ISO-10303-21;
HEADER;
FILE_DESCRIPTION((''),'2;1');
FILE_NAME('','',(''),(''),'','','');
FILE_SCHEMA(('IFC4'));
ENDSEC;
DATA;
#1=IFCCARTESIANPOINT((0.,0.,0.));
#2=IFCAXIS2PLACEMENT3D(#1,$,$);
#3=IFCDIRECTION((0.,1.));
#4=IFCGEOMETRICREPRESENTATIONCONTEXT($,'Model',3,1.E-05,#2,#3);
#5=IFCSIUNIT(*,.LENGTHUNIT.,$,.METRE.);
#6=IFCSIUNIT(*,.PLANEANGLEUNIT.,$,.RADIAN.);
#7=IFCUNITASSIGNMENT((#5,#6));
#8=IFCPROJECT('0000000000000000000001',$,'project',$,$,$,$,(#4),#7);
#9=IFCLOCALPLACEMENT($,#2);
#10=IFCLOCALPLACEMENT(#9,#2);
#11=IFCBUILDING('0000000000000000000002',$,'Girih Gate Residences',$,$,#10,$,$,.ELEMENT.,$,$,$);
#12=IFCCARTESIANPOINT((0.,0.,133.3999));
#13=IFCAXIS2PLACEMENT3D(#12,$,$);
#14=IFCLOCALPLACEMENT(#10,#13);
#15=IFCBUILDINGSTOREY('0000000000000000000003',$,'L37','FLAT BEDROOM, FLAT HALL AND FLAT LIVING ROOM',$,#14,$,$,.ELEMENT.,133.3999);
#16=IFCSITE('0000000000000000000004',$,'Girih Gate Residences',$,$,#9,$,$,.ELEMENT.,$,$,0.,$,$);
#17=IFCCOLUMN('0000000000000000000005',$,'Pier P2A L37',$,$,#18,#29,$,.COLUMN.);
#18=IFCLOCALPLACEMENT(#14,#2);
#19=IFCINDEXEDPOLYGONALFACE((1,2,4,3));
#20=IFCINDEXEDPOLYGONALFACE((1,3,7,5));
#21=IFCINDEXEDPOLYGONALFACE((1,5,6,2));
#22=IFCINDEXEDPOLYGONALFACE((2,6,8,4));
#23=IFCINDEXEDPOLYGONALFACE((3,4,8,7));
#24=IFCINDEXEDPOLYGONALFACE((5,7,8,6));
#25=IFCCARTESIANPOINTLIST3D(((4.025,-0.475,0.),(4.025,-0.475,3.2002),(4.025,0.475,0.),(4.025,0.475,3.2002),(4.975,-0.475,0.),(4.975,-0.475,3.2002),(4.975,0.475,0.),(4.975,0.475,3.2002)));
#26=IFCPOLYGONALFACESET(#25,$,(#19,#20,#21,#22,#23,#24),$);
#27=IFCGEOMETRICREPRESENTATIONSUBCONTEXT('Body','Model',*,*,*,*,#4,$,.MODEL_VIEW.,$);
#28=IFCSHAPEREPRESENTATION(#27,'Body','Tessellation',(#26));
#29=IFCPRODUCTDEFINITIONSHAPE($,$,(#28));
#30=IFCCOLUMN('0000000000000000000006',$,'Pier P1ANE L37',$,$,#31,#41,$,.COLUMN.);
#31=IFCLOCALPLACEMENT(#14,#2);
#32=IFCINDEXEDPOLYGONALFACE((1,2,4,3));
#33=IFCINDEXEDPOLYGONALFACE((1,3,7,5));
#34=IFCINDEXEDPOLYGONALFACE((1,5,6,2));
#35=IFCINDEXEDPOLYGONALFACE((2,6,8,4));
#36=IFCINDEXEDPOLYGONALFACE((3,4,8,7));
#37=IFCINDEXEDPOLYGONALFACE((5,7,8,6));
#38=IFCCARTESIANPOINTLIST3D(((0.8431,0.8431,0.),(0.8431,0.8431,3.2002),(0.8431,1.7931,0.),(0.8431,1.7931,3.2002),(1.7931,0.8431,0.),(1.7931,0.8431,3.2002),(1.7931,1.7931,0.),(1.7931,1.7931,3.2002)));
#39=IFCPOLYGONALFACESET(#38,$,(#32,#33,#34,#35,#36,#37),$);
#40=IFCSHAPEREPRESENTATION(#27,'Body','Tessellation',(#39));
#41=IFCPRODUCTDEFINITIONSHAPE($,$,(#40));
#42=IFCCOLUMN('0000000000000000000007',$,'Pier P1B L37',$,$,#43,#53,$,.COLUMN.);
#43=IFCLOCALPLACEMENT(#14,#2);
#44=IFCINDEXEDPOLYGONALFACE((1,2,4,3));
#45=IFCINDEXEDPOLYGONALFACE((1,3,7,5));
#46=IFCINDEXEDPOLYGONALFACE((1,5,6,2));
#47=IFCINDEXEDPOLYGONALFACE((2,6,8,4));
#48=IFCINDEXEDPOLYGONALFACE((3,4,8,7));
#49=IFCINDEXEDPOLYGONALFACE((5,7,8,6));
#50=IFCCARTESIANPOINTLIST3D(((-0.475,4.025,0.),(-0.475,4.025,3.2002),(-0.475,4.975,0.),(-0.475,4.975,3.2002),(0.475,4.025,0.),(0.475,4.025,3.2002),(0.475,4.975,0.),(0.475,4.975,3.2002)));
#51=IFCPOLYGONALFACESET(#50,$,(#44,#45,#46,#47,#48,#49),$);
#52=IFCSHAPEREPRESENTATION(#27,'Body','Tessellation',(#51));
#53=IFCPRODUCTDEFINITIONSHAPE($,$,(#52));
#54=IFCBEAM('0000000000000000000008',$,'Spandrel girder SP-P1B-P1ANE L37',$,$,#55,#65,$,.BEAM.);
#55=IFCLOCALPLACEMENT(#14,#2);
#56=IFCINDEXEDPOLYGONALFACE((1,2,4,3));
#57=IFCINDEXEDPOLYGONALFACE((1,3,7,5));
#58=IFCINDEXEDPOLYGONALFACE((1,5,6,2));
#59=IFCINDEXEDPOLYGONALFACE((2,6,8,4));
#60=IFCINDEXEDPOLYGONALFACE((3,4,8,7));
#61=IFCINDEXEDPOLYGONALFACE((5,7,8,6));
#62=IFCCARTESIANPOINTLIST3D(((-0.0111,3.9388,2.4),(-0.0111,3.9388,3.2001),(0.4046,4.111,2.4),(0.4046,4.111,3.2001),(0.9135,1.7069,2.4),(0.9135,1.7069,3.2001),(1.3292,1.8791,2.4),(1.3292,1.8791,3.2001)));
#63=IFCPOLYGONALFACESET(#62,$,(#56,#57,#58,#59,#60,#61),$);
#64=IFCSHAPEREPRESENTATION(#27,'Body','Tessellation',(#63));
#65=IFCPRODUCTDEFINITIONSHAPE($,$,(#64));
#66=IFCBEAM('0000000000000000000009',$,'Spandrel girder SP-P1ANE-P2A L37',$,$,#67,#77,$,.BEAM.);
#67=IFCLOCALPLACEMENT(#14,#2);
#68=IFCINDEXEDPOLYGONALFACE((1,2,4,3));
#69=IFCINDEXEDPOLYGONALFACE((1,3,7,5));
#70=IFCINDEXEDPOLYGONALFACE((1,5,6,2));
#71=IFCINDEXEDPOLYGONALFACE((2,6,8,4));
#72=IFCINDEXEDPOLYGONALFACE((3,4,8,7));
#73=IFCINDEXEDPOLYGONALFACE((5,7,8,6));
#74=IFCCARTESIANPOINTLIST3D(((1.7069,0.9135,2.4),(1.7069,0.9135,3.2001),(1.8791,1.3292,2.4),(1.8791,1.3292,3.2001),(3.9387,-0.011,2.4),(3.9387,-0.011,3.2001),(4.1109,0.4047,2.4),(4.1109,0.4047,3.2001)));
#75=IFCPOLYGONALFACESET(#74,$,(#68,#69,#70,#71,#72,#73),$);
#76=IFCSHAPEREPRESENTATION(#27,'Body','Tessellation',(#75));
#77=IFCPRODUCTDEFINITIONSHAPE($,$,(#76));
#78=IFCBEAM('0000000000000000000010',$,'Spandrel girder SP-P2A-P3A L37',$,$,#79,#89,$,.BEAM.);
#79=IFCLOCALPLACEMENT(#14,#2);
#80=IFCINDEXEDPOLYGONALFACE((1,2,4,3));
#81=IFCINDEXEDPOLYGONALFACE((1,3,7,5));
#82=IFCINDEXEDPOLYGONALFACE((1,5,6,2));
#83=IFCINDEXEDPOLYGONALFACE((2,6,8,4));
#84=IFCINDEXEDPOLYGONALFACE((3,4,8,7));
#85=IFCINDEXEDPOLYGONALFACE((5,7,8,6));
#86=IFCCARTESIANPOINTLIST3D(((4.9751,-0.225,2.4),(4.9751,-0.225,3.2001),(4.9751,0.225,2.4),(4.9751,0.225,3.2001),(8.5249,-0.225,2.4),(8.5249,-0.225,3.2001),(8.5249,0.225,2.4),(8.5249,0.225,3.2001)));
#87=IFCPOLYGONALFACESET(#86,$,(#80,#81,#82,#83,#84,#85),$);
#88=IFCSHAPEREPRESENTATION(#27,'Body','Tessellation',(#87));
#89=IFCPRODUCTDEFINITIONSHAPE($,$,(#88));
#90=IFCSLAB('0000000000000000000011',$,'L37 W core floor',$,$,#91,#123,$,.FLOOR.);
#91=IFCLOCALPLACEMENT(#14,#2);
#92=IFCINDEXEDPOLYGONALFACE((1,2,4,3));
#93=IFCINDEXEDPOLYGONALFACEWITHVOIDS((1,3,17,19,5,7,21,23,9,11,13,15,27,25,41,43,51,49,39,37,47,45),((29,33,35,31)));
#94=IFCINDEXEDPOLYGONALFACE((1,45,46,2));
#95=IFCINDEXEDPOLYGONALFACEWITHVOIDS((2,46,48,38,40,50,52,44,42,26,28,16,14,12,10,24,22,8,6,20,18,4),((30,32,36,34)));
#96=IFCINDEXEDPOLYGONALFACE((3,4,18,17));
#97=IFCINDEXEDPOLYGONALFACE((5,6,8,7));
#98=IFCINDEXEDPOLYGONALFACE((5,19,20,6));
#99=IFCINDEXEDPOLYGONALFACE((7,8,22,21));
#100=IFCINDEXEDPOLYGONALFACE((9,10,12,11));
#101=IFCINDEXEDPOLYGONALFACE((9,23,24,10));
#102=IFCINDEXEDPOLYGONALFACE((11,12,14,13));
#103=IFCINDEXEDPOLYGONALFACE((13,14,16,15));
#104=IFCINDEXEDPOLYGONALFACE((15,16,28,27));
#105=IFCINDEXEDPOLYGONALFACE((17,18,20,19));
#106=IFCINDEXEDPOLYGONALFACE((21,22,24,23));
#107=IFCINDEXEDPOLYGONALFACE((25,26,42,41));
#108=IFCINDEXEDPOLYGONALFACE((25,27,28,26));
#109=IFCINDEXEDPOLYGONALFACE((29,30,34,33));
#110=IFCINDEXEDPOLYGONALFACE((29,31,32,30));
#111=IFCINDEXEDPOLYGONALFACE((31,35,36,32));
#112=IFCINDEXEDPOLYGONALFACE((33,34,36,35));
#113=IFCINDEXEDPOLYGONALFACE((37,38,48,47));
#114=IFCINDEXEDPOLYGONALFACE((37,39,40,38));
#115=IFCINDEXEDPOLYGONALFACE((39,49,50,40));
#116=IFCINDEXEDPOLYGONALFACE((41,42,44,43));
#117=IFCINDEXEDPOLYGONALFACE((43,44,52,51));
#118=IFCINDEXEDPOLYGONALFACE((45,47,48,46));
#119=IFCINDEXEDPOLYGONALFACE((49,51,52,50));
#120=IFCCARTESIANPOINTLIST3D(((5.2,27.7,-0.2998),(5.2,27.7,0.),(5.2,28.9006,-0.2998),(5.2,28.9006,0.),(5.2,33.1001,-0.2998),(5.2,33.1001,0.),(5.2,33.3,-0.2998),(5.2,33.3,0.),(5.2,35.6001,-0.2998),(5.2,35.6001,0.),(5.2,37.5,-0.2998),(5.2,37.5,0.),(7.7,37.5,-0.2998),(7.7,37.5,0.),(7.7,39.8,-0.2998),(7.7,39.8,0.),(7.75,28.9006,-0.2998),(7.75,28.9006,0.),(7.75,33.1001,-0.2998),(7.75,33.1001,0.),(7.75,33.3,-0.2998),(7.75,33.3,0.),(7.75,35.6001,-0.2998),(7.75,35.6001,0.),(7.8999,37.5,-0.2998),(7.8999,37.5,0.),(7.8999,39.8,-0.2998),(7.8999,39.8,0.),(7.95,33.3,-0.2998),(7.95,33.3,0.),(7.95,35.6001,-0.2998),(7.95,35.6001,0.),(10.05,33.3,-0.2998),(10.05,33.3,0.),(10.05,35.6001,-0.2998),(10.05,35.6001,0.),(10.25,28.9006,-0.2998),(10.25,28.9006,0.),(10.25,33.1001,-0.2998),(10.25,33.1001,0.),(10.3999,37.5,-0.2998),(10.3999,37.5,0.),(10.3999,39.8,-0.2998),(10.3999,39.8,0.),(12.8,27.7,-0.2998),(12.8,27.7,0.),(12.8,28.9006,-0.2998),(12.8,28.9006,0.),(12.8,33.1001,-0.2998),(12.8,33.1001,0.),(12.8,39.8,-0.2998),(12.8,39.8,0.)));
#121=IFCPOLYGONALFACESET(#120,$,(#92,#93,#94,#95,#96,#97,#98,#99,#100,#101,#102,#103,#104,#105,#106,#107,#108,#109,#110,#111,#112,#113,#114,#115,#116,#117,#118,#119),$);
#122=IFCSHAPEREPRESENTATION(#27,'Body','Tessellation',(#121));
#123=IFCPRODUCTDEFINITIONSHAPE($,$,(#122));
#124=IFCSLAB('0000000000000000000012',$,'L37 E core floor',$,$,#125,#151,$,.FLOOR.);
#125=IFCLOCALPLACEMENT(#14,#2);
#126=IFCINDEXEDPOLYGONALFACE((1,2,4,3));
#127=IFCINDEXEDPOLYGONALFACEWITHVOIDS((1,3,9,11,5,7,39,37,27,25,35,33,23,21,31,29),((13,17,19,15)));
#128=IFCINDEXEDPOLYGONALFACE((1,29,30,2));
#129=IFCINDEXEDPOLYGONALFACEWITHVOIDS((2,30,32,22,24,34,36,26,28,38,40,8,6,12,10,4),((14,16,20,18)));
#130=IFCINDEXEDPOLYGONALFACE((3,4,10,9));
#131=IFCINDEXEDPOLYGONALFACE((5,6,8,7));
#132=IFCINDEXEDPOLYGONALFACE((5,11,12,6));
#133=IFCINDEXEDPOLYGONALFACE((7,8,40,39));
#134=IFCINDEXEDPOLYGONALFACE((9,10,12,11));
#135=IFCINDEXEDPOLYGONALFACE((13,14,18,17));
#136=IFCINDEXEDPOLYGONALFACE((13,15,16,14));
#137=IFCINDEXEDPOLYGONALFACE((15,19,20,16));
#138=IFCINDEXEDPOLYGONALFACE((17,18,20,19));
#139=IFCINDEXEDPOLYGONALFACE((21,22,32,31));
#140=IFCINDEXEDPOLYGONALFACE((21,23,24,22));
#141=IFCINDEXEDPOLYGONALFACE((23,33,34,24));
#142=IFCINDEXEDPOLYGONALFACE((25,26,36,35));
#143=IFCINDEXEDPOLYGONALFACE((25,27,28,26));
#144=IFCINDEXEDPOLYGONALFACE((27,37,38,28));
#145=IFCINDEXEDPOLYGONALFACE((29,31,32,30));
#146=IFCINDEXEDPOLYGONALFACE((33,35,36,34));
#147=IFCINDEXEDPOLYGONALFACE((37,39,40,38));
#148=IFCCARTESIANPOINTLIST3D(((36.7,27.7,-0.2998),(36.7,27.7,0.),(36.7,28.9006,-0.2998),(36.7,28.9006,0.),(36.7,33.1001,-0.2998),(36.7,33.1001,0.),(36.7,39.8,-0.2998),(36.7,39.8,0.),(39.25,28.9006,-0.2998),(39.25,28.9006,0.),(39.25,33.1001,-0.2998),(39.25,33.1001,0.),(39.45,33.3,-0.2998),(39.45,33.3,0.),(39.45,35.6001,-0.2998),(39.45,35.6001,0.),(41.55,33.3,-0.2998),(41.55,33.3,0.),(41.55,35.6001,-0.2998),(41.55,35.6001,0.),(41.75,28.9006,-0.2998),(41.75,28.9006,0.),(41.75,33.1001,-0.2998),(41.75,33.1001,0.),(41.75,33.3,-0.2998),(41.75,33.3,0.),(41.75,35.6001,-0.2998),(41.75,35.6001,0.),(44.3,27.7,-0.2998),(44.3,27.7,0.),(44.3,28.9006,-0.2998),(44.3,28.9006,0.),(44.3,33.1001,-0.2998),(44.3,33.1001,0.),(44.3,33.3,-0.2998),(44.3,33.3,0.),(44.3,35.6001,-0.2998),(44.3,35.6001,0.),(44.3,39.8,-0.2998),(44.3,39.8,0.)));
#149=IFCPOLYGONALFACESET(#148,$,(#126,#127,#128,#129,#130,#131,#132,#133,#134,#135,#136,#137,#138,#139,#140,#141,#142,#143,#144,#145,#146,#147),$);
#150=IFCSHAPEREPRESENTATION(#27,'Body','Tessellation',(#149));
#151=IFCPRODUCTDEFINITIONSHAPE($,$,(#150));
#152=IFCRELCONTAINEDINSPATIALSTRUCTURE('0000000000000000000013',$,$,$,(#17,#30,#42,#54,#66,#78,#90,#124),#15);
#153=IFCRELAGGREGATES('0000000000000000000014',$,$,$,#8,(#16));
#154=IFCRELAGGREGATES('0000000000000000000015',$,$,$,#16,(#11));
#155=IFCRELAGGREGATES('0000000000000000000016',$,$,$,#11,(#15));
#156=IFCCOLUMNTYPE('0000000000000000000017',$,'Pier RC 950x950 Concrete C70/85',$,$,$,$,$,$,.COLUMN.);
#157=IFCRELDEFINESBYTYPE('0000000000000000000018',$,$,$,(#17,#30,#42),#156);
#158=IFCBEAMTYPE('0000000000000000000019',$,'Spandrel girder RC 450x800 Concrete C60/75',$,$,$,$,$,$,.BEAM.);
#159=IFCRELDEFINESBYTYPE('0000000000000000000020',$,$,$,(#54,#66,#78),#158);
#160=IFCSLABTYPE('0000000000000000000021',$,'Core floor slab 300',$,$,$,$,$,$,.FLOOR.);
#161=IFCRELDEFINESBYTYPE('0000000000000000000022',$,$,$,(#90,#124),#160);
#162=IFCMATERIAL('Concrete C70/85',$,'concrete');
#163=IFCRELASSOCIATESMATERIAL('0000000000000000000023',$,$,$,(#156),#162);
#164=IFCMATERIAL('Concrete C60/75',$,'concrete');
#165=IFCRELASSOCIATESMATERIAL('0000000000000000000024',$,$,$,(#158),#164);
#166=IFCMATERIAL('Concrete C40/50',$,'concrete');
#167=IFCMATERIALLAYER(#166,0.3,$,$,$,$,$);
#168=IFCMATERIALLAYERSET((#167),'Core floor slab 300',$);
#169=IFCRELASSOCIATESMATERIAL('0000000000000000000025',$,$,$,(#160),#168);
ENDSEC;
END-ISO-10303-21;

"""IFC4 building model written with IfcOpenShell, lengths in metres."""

from ifc_helpers import new_model, si_unit, direction, frame, origin, origin_2d, place, context, subcontext, project, spatial, polyline, rectangle, outline, extrude, material, layer, layer_set, material_profile, profile_set, type_object, element, save


model = new_model("IFC4")

# Units and contexts
model_context = context("Model", 3, precision=1e-05, world=origin(), true_north=direction((0.0, 1.0)))
body_context = subcontext(model_context, "Body", "Model", "MODEL_VIEW")
ifc_project = project(units=[si_unit("LENGTHUNIT", "METRE"), si_unit("PLANEANGLEUNIT", "RADIAN")], contexts=[model_context])

# Site, building, storey
site_placement = place(None, origin())
site = spatial("IfcSite", under=ifc_project, at=site_placement, Name="Girih Gate Residences", CompositionType="ELEMENT", RefElevation=0.0)
building_placement = place(site_placement, origin())
building = spatial("IfcBuilding", under=site, at=building_placement, Name="Girih Gate Residences", CompositionType="ELEMENT")
storey_placement = place(building_placement, frame((0.0, 0.0, 133.3999)))
storey = spatial("IfcBuildingStorey", under=building, at=storey_placement, Name="L37", Description="FLAT BEDROOM, FLAT HALL AND FLAT LIVING ROOM", CompositionType="ELEMENT", Elevation=133.3999)

# Columns
ifc_material_1 = material(Name="Concrete C70/85", Category="concrete")
ifc_material_profile_1 = material_profile(ifc_material_1, rectangle(XDim=0.95, YDim=0.95, at=origin_2d()))
ifc_profile_set_1 = profile_set([ifc_material_profile_1], Name="Concrete C70/85")
column_type = type_object("IfcColumnType", Name="Pier RC 950x950 Concrete C70/85", PredefinedType="COLUMN", material=ifc_profile_set_1)
for number, where, z_axis, x_axis, name in (
    (1, (4.5, 0.0, 0.0), (0.0, 0.0, 1.0), (1.0, 0.0, 0.0), "Pier P2A L37"),
    (2, (1.3181, 1.3181, 0.0), (0.0, 0.0, 1.0), (1.0, 0.0, 0.0), "Pier P1ANE L37"),
    (3, (0.0, 4.5, 0.0), (0.0, 0.0, 1.0), (1.0, 0.0, 0.0), "Pier P1B L37"),
):
    element("IfcColumn", number, at=place(storey_placement, frame(where, z_axis=z_axis, x_axis=x_axis)), inside=storey, type_object=column_type, Name=name, PredefinedType="COLUMN", context=body_context, shape_type="SweptSolid", body=[
        extrude(rectangle(XDim=0.95, YDim=0.95, at=origin_2d()), origin(), (0.0, 0.0, 1.0), 3.2002),
    ])

# Beams
ifc_material_2 = material(Name="Concrete C60/75", Category="concrete")
ifc_material_profile_2 = material_profile(ifc_material_2, rectangle(XDim=0.45, YDim=0.8, at=origin_2d()))
ifc_profile_set_2 = profile_set([ifc_material_profile_2], Name="Concrete C60/75")
beam_type = type_object("IfcBeamType", Name="Spandrel girder RC 450x800 Concrete C60/75", PredefinedType="BEAM", material=ifc_profile_set_2)
for number, where, z_axis, x_axis, name in (
    (4, (0.1968, 4.0249, 2.8), (0.382706, -0.92387, 0.0), (0.92387, 0.382706, 0.0), "Spandrel girder SP-P1B-P1ANE L37"),
    (5, (1.793, 1.1213, 2.8), (0.92387, -0.382706, 0.0), (0.382706, 0.92387, 0.0), "Spandrel girder SP-P1ANE-P2A L37"),
):
    element("IfcBeam", number, at=place(storey_placement, frame(where, z_axis=z_axis, x_axis=x_axis)), inside=storey, type_object=beam_type, Name=name, PredefinedType="BEAM", context=body_context, shape_type="SweptSolid", body=[
        extrude(rectangle(XDim=0.45, YDim=0.8, at=origin_2d()), origin(), (0.0, 0.0, 1.0), 2.4158),
    ])
beam_placement = place(storey_placement, frame((4.9751, 0.0, 2.8), z_axis=(1.0, 0.0, 0.0), x_axis=(0.0, 1.0, 0.0)))
element("IfcBeam", 6, at=beam_placement, inside=storey, type_object=beam_type, Name="Spandrel girder SP-P2A-P3A L37", PredefinedType="BEAM", context=body_context, shape_type="SweptSolid", body=[
    extrude(rectangle(XDim=0.45, YDim=0.8, at=origin_2d()), origin(), (0.0, 0.0, 1.0), 3.5498),
])

# Slabs
ifc_material_3 = material(Name="Concrete C40/50", Category="concrete")
ifc_layer_1 = layer(ifc_material_3, 0.3)
ifc_layer_set_1 = layer_set([ifc_layer_1], Name="Core floor slab 300")
slab_type_1 = type_object("IfcSlabType", Name="Core floor slab 300", PredefinedType="FLOOR", material=ifc_layer_set_1)
slab_1_placement = place(storey_placement, frame((0.0, 0.0, -0.2998)))
element("IfcSlab", 7, at=slab_1_placement, inside=storey, type_object=slab_type_1, Name="L37 W core floor", PredefinedType="FLOOR", context=body_context, shape_type="SweptSolid", body=[
    extrude(outline(polyline([(12.8, 27.7), (5.2, 27.7), (5.2, 28.9006), (7.75, 28.9006), (7.75, 33.1001), (5.2, 33.1001), (5.2, 33.3), (7.75, 33.3), (7.75, 35.6001), (5.2, 35.6001), (5.2, 37.5), (7.7, 37.5), (7.7, 39.8), (7.8999, 39.8), (7.8999, 37.5), (10.3999, 37.5), (10.3999, 39.8), (12.8, 39.8), (12.8, 33.1001), (10.25, 33.1001), (10.25, 28.9006), (12.8, 28.9006), (12.8, 27.7)]), holes=[polyline([(7.95, 33.3), (10.05, 33.3), (10.05, 35.6001), (7.95, 35.6001), (7.95, 33.3)])]), origin(), (0.0, 0.0, 1.0), 0.2998),
])
slab_2_placement = place(storey_placement, frame((0.0, 0.0, -0.2998)))
element("IfcSlab", 8, at=slab_2_placement, inside=storey, type_object=slab_type_1, Name="L37 E core floor", PredefinedType="FLOOR", context=body_context, shape_type="SweptSolid", body=[
    extrude(outline(polyline([(44.3, 27.7), (36.7, 27.7), (36.7, 28.9006), (39.25, 28.9006), (39.25, 33.1001), (36.7, 33.1001), (36.7, 39.8), (44.3, 39.8), (44.3, 35.6001), (41.75, 35.6001), (41.75, 33.3), (44.3, 33.3), (44.3, 33.1001), (41.75, 33.1001), (41.75, 28.9006), (44.3, 28.9006), (44.3, 27.7)]), holes=[polyline([(39.45, 33.3), (41.55, 33.3), (41.55, 35.6001), (39.45, 35.6001), (39.45, 33.3)])]), origin(), (0.0, 0.0, 1.0), 0.2998),
])

save(model, "model.ifc")
